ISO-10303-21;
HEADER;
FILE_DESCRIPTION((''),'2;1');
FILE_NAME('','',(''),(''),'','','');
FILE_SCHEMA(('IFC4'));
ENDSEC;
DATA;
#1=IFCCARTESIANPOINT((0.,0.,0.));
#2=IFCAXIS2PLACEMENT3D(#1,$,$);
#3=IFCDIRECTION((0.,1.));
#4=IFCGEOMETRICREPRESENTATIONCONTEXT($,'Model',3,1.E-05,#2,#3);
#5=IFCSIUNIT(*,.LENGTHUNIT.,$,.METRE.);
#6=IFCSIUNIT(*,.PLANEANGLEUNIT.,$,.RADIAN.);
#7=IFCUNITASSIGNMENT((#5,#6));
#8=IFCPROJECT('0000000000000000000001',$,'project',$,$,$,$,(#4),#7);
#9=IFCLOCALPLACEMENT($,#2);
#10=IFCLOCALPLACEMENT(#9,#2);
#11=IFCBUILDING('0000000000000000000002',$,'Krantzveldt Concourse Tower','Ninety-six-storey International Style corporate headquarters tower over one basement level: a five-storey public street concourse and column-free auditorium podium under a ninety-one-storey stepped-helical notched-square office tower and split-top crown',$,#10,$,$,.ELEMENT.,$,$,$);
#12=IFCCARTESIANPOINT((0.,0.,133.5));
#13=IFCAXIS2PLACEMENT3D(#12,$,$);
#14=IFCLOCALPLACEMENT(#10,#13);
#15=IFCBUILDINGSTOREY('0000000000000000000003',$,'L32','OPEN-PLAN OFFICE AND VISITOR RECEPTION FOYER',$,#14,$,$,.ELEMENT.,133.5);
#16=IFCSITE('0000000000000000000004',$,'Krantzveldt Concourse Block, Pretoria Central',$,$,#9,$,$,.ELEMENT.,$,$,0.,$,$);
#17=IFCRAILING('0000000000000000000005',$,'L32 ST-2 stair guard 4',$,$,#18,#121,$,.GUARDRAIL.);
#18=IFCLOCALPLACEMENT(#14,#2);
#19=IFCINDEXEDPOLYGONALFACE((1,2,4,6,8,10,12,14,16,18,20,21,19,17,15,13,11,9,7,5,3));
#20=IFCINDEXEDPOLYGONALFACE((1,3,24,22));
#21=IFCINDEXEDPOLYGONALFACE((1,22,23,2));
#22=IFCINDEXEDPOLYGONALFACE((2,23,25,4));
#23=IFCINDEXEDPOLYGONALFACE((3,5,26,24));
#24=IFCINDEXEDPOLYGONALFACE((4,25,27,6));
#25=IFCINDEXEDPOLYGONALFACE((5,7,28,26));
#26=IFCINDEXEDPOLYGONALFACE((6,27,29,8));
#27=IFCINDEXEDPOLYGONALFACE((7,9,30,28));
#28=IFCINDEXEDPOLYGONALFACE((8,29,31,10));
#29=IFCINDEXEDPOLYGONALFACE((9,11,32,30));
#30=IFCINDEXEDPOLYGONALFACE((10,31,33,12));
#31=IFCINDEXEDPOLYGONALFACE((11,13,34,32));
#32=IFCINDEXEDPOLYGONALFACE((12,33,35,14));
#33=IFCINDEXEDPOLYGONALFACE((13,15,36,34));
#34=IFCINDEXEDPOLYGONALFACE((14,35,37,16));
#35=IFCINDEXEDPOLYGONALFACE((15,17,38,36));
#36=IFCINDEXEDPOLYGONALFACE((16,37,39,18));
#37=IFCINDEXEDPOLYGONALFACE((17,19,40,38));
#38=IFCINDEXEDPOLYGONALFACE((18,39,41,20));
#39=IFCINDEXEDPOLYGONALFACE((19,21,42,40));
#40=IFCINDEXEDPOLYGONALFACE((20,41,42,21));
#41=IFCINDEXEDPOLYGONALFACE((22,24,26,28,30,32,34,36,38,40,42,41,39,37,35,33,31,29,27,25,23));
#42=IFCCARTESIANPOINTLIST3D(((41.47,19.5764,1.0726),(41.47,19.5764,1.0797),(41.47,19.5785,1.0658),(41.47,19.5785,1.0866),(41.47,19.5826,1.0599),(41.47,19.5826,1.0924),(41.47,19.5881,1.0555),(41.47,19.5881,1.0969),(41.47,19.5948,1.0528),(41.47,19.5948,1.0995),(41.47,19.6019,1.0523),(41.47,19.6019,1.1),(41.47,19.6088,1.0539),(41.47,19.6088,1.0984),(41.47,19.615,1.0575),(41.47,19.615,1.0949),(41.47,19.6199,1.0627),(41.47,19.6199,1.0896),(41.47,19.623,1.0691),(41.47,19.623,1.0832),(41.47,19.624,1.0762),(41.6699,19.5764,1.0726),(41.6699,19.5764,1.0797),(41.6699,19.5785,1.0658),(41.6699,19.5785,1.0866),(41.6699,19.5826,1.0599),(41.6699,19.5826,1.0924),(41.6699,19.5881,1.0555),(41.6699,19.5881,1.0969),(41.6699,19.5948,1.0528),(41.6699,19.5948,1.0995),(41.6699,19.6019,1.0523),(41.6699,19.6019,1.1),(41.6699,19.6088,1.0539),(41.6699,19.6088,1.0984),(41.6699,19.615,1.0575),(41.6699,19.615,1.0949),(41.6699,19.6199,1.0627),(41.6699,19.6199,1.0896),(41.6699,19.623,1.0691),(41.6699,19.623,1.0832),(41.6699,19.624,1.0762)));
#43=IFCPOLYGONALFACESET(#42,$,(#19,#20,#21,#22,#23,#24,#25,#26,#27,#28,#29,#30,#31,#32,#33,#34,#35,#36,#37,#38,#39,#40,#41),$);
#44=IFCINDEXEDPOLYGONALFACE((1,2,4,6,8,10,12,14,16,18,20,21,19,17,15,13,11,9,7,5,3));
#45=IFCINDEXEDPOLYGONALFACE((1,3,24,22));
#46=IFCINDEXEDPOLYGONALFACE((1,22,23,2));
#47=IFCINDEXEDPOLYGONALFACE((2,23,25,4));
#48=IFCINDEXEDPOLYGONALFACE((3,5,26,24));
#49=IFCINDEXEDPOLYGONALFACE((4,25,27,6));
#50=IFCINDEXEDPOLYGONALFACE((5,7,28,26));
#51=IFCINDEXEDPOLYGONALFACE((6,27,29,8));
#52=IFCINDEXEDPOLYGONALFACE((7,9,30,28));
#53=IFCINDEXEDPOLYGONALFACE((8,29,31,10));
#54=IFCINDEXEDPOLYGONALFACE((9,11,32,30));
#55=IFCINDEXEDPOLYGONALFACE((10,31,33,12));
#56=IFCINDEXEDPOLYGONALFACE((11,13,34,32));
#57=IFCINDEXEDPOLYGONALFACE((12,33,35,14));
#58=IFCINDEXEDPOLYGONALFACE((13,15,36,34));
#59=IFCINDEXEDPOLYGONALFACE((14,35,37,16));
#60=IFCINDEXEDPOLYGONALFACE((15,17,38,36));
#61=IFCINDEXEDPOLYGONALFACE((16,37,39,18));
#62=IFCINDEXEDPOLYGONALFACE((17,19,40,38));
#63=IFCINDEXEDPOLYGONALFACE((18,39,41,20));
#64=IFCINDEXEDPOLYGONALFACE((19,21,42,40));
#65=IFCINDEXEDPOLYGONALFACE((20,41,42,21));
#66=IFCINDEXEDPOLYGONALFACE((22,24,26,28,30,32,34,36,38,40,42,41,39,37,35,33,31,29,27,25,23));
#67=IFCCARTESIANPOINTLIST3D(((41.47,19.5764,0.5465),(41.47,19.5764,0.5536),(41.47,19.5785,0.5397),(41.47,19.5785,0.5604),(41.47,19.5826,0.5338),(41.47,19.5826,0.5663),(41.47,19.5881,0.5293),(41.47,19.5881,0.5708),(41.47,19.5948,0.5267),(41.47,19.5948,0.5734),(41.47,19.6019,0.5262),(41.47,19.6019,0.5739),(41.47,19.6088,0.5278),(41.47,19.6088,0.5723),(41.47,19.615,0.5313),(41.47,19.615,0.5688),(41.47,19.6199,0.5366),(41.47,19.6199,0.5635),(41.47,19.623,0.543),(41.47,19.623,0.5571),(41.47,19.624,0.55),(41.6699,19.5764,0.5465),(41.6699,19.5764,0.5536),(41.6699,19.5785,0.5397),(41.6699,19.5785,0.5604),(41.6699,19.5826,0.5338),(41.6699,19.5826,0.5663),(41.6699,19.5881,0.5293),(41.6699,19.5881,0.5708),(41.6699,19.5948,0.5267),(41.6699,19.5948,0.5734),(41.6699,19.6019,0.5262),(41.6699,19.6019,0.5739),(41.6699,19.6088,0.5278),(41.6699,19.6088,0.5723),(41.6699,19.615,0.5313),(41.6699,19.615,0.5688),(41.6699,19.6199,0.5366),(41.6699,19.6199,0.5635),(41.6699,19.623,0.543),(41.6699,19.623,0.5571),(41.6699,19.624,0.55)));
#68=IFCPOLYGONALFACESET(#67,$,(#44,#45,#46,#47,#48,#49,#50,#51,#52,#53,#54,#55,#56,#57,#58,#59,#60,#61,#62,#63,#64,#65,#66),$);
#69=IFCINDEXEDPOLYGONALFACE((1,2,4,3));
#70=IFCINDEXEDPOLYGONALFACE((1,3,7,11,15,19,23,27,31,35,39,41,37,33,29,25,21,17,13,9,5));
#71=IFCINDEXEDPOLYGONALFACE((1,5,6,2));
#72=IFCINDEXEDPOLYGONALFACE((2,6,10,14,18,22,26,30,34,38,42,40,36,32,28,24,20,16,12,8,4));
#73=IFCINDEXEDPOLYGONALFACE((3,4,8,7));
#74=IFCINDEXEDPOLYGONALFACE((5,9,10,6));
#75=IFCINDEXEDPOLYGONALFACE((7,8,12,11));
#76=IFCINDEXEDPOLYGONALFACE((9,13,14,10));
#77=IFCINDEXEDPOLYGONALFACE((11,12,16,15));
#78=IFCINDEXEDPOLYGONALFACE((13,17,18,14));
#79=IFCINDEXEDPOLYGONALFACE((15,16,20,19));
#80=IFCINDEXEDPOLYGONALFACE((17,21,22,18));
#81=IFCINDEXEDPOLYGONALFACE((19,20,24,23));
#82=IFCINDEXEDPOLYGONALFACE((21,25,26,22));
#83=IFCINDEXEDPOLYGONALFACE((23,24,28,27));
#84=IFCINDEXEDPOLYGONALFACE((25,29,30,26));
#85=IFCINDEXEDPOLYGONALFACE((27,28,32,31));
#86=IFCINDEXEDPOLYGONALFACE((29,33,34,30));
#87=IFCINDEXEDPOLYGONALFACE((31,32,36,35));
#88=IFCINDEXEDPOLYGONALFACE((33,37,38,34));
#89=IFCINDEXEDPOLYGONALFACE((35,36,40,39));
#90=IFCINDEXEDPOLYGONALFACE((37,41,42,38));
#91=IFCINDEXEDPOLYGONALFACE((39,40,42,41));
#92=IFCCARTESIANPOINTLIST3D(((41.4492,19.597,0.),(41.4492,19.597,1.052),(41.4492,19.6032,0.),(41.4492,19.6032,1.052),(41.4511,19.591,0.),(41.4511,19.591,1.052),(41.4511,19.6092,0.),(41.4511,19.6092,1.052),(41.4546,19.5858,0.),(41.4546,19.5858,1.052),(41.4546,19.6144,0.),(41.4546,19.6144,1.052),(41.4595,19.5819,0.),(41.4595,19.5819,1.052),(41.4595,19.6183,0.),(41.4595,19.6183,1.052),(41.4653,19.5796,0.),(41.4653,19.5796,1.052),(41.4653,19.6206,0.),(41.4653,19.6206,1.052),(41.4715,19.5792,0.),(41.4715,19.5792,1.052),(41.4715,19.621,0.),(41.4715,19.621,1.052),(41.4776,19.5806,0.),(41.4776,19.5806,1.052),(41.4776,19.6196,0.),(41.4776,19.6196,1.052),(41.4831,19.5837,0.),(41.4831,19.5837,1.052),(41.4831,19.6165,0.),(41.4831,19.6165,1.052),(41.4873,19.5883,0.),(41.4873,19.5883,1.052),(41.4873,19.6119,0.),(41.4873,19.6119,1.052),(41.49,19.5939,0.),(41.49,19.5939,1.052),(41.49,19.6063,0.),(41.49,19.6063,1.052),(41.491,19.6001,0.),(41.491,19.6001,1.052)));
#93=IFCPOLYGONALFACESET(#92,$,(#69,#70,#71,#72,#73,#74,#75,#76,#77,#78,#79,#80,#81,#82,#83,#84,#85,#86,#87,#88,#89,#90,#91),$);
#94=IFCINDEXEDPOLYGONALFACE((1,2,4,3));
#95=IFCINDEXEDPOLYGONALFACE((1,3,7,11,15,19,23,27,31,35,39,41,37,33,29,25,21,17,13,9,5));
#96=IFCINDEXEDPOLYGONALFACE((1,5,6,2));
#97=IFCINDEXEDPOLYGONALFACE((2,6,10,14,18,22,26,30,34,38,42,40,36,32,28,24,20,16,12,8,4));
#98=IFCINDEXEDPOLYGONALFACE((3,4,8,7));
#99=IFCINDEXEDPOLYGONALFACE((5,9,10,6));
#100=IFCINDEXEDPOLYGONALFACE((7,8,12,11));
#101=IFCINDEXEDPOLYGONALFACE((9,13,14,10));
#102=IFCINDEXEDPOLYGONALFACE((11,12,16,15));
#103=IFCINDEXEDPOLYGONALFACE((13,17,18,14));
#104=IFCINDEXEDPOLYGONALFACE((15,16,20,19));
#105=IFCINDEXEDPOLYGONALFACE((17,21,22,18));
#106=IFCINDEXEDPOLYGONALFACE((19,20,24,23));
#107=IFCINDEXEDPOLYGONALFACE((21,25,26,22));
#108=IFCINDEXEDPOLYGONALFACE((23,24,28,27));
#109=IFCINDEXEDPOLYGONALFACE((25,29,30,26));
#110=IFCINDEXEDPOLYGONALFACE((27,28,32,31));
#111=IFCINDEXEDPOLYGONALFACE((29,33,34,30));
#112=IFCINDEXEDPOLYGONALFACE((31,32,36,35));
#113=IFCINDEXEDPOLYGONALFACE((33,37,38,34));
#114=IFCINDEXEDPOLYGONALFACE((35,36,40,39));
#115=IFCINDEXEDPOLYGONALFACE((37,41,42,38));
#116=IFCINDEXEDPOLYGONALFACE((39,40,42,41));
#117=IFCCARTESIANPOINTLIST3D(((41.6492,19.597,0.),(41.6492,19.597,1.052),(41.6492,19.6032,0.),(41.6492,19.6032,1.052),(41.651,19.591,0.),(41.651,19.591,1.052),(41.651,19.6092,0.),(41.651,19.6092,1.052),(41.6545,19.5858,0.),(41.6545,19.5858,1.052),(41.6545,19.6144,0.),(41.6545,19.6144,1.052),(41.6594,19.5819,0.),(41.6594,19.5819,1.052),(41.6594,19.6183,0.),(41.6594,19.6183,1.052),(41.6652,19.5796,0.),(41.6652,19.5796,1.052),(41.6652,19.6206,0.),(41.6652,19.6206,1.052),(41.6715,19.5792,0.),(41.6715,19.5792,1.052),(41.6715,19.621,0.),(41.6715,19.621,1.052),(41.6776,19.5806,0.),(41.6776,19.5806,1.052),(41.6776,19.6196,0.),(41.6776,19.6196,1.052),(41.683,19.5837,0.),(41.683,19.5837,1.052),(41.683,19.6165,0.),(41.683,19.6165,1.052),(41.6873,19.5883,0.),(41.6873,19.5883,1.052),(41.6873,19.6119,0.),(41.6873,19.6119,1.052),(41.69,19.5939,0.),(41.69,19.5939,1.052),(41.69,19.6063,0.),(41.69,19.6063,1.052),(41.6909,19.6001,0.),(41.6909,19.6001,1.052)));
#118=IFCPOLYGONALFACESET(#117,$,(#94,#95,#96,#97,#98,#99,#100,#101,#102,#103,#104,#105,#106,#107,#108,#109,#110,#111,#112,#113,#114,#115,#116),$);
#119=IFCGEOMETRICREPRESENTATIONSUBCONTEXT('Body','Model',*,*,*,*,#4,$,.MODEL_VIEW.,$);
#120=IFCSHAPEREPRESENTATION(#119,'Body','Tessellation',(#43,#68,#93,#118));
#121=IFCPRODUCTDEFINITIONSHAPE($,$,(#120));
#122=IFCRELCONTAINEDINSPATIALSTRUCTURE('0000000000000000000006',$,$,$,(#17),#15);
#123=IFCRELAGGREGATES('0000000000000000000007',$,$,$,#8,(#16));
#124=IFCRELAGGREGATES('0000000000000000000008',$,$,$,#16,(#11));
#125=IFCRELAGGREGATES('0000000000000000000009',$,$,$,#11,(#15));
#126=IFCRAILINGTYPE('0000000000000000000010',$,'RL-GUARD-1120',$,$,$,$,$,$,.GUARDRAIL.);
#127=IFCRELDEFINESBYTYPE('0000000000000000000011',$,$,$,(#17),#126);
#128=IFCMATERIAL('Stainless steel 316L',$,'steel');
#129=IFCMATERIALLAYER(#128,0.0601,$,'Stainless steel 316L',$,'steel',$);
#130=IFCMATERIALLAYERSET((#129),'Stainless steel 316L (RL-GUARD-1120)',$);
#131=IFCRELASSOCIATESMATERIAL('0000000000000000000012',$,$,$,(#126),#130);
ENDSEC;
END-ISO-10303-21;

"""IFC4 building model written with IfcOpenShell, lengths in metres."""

from ifc_helpers import new_model, si_unit, direction, frame, origin, origin_2d, place, context, subcontext, project, spatial, circle, extrude, material, layer, layer_set, type_object, element, save


model = new_model("IFC4")

# Units and contexts
model_context = context("Model", 3, precision=1e-05, world=origin(), true_north=direction((0.0, 1.0)))
body_context = subcontext(model_context, "Body", "Model", "MODEL_VIEW")
ifc_project = project(units=[si_unit("LENGTHUNIT", "METRE"), si_unit("PLANEANGLEUNIT", "RADIAN")], contexts=[model_context])

# Site, building, storey
site_placement = place(None, origin())
site = spatial("IfcSite", under=ifc_project, at=site_placement, Name="Krantzveldt Concourse Block, Pretoria Central", CompositionType="ELEMENT", RefElevation=0.0)
building_placement = place(site_placement, origin())
building = spatial("IfcBuilding", under=site, at=building_placement, Name="Krantzveldt Concourse Tower", Description="Ninety-six-storey International Style corporate headquarters tower over one basement level: a five-storey public street concourse and column-free auditorium podium under a ninety-one-storey stepped-helical notched-square office tower and split-top crown", CompositionType="ELEMENT")
storey_placement = place(building_placement, frame((0.0, 0.0, 133.5)))
storey = spatial("IfcBuildingStorey", under=building, at=storey_placement, Name="L32", Description="OPEN-PLAN OFFICE AND VISITOR RECEPTION FOYER", CompositionType="ELEMENT", Elevation=133.5)

# Shared definitions
ifc_material_1 = material(Name="Stainless steel 316L", Category="steel")

# Railing
ifc_layer_1 = layer(ifc_material_1, 0.0601, Name="Stainless steel 316L", Category="steel")
ifc_layer_set_1 = layer_set([ifc_layer_1], Name="Stainless steel 316L (RL-GUARD-1120)")
railing_type_1 = type_object("IfcRailingType", Name="RL-GUARD-1120", PredefinedType="GUARDRAIL", material=ifc_layer_set_1)
railing_1_placement = place(storey_placement, frame((41.47, 19.6001, 0.0)))
element("IfcRailing", 1, at=railing_1_placement, inside=storey, type_object=railing_type_1, Name="L32 ST-2 stair guard 4", PredefinedType="GUARDRAIL", context=body_context, shape_type="SweptSolid", body=[
    extrude(circle(Radius=0.0239, at=origin_2d()), frame((0.0, 0.0, 1.0762), z_axis=(1.0, 0.0, 0.0), x_axis=(0.0, 1.0, 0.0)), (0.0, 0.0, 1.0), 0.2),
    extrude(circle(Radius=0.0239, at=origin_2d()), frame((0.0, 0.0, 0.55), z_axis=(1.0, 0.0, 0.0), x_axis=(0.0, 1.0, 0.0)), (0.0, 0.0, 1.0), 0.2),
    extrude(circle(Radius=0.021, at=origin_2d()), origin(), (0.0, 0.0, 1.0), 1.052),
    extrude(circle(Radius=0.021, at=origin_2d()), frame((0.2, 0.0, 0.0)), (0.0, 0.0, 1.0), 1.052),
])

save(model, "model.ifc")
